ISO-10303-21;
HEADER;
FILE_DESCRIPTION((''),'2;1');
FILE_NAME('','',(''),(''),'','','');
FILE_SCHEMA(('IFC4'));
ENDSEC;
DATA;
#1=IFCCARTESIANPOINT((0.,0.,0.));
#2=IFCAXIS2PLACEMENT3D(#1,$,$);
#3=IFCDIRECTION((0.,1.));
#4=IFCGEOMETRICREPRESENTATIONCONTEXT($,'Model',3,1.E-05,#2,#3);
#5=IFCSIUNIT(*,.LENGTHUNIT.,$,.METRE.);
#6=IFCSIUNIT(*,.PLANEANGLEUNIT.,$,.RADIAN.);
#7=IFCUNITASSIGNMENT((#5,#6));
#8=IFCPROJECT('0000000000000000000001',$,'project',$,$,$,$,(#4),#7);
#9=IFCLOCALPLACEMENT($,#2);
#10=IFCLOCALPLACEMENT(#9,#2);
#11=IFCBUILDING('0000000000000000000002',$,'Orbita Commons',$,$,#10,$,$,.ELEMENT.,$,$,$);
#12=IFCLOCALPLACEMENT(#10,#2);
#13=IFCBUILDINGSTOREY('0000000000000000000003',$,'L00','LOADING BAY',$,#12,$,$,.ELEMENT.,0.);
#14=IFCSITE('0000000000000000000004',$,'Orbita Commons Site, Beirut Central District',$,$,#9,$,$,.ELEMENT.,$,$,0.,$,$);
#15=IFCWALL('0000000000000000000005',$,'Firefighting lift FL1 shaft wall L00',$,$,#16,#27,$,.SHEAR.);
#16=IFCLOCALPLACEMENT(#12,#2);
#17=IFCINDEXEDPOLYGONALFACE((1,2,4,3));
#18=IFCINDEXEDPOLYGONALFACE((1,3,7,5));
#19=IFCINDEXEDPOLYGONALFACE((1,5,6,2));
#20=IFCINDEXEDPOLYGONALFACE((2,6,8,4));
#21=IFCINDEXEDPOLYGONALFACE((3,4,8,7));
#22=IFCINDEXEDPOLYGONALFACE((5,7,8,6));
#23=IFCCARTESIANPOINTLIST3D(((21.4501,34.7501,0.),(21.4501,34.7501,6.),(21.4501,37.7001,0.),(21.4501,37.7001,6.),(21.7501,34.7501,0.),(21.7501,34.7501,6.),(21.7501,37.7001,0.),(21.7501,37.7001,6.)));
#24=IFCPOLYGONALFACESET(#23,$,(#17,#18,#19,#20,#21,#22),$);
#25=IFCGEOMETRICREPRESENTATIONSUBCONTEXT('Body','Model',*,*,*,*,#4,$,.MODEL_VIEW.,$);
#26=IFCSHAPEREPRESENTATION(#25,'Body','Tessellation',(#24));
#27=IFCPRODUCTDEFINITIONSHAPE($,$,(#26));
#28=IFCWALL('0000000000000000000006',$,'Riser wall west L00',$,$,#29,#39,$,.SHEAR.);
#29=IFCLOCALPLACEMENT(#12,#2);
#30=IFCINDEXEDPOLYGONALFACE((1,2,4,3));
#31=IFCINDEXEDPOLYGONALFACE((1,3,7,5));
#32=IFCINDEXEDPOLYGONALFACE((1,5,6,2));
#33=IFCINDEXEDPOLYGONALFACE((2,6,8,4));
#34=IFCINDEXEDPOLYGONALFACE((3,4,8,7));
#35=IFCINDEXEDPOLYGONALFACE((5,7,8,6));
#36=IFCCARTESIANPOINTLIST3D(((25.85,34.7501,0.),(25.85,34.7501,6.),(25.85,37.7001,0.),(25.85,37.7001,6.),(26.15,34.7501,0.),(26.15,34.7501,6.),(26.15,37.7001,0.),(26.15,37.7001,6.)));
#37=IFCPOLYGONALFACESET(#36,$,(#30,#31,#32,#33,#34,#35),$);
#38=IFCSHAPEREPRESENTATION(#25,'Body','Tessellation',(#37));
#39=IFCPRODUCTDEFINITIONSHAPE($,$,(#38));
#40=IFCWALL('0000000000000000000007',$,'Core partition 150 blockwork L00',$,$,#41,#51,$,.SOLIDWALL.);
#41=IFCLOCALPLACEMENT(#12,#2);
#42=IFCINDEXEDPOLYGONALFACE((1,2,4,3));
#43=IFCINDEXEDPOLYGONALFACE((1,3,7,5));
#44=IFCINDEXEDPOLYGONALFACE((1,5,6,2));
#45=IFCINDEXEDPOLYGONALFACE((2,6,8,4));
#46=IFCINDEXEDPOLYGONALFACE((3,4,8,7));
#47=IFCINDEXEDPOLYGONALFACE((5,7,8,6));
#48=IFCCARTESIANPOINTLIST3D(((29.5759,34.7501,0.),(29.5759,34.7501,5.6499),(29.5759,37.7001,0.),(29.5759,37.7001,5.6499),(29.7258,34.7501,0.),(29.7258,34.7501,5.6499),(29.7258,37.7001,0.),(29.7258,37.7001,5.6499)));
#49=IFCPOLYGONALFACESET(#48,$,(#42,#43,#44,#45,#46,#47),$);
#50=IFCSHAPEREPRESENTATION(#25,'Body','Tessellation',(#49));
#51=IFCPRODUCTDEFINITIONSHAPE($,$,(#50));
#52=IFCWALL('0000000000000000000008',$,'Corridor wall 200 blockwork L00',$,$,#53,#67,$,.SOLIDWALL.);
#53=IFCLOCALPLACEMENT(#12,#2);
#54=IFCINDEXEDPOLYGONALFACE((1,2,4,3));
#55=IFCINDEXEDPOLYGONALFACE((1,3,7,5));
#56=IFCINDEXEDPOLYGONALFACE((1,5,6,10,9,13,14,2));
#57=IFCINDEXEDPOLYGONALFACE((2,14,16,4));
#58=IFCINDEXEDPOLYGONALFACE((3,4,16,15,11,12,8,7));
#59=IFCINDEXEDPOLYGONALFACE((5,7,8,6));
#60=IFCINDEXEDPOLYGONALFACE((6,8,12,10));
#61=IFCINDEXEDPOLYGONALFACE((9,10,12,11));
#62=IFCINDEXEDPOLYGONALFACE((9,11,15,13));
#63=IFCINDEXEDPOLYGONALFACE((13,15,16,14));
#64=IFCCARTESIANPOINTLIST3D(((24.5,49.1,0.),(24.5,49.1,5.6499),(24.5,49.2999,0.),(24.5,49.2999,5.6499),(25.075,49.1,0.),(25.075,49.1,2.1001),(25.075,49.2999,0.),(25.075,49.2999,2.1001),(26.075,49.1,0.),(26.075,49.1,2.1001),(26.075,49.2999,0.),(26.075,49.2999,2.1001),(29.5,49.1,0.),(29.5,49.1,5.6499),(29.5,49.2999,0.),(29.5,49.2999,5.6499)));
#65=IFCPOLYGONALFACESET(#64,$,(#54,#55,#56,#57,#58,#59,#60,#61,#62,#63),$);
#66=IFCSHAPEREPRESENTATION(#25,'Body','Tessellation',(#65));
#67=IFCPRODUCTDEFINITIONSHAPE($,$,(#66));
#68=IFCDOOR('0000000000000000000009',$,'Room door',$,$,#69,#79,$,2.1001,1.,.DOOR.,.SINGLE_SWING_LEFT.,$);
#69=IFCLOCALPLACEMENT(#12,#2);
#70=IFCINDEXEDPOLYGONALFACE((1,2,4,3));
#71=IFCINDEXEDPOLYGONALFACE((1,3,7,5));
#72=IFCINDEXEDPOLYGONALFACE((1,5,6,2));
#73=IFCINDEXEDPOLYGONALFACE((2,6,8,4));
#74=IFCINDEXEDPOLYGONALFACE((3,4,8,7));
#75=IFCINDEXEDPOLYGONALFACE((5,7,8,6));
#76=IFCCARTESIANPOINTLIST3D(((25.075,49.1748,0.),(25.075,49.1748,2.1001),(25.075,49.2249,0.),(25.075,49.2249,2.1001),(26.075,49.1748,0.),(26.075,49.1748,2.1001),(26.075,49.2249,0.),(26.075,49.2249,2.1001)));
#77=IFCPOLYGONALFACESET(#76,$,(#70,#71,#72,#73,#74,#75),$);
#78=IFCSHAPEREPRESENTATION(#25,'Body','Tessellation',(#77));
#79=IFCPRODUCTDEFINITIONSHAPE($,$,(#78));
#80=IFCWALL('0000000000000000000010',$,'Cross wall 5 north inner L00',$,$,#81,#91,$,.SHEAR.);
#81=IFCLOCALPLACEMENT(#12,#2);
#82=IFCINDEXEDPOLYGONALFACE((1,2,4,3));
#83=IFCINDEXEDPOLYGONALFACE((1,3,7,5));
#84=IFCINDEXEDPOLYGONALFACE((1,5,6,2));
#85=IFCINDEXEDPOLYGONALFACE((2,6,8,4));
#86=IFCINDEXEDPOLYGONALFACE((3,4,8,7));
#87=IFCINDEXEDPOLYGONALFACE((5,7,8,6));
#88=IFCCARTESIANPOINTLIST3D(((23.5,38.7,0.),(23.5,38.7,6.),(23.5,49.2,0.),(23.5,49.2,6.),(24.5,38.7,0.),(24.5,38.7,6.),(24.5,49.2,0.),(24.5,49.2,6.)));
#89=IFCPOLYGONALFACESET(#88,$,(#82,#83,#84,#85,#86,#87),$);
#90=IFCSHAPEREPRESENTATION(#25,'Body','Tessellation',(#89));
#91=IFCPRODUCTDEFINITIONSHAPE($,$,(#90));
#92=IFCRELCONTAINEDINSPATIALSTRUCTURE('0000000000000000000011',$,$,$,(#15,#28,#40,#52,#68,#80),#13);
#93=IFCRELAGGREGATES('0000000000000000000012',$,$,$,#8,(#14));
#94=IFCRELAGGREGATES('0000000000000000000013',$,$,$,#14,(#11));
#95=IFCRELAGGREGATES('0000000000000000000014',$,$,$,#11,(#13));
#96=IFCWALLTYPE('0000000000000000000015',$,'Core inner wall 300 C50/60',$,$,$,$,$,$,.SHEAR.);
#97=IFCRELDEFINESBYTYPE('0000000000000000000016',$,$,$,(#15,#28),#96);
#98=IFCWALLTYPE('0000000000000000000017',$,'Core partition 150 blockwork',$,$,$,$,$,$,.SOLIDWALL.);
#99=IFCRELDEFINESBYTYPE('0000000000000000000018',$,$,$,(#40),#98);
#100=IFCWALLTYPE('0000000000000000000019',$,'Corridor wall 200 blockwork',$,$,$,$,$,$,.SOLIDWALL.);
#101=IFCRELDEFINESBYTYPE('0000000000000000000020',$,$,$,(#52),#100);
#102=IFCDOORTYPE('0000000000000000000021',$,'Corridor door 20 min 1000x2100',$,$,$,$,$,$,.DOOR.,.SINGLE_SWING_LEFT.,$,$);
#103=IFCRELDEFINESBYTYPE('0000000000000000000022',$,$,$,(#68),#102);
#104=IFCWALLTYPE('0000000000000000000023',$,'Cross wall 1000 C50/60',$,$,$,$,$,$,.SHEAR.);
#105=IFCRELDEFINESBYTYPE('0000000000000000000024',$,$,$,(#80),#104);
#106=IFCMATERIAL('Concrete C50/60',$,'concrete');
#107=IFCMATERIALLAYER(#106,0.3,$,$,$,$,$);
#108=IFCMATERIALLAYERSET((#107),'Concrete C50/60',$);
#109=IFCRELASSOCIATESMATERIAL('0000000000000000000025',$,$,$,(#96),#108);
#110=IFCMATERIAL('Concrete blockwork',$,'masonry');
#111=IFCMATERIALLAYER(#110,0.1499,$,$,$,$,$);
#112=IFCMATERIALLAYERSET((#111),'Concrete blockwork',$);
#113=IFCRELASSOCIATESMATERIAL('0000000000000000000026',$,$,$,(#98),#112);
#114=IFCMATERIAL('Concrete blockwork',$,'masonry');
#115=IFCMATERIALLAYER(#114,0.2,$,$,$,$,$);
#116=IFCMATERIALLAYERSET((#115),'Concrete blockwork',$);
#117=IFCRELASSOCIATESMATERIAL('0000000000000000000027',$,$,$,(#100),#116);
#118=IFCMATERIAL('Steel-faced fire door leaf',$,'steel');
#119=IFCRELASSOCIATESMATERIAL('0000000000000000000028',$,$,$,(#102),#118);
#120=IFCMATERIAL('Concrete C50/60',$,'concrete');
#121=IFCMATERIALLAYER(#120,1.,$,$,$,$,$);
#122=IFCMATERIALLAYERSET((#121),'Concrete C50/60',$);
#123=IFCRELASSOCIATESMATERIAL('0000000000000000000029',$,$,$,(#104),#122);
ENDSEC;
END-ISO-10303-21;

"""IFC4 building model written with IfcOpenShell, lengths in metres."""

from ifc_helpers import new_model, si_unit, direction, frame, frame_2d, origin, place, context, subcontext, project, spatial, rectangle, extrude, material, layer, layer_set, type_object, element, fill, save


model = new_model("IFC4")

# Units and contexts
model_context = context("Model", 3, precision=1e-05, world=origin(), true_north=direction((0.0, 1.0)))
body_context = subcontext(model_context, "Body", "Model", "MODEL_VIEW")
ifc_project = project(units=[si_unit("LENGTHUNIT", "METRE"), si_unit("PLANEANGLEUNIT", "RADIAN")], contexts=[model_context])

# Site, building, storey
site_placement = place(None, origin())
site = spatial("IfcSite", under=ifc_project, at=site_placement, Name="Orbita Commons Site, Beirut Central District", CompositionType="ELEMENT", RefElevation=0.0)
building_placement = place(site_placement, origin())
building = spatial("IfcBuilding", under=site, at=building_placement, Name="Orbita Commons", CompositionType="ELEMENT")
storey_placement = place(building_placement, origin())
storey = spatial("IfcBuildingStorey", under=building, at=storey_placement, Name="L00", Description="LOADING BAY", CompositionType="ELEMENT", Elevation=0.0)

# Shared definitions
ifc_material_1 = material(Name="Concrete C50/60", Category="concrete")
ifc_layer_1 = layer(ifc_material_1, 0.3)
ifc_layer_set_1 = layer_set([ifc_layer_1], Name="Concrete C50/60")
wall_type_1 = type_object("IfcWallType", Name="Core inner wall 300 C50/60", PredefinedType="SHEAR", material=ifc_layer_set_1)

# Walls
for number, where, z_axis, x_axis, name in (
    (1, (21.6001, 34.75, 0.0), (0.0, 0.0, 1.0), (0.0, 1.0, 0.0), "Firefighting lift FL1 shaft wall L00"),
    (2, (26.0, 34.75, 0.0), (0.0, 0.0, 1.0), (0.0, 1.0, 0.0), "Riser wall west L00"),
):
    element("IfcWall", number, at=place(storey_placement, frame(where, z_axis=z_axis, x_axis=x_axis)), inside=storey, type_object=wall_type_1, Name=name, PredefinedType="SHEAR", context=body_context, shape_type="SweptSolid", body=[
        extrude(rectangle(XDim=2.95, YDim=0.3, at=frame_2d((1.4751, 0.0))), origin(), (0.0, 0.0, 1.0), 6.0),
    ])
ifc_material_2 = material(Name="Concrete blockwork", Category="masonry")
ifc_layer_2 = layer(ifc_material_2, 0.1499)
ifc_layer_set_2 = layer_set([ifc_layer_2], Name="Concrete blockwork")
wall_type_2 = type_object("IfcWallType", Name="Core partition 150 blockwork", PredefinedType="SOLIDWALL", material=ifc_layer_set_2)
wall_1_placement = place(storey_placement, frame((29.6509, 34.75, 0.0), z_axis=(0.0, 0.0, 1.0), x_axis=(0.0, 1.0, 0.0)))
element("IfcWall", 3, at=wall_1_placement, inside=storey, type_object=wall_type_2, Name="Core partition 150 blockwork L00", PredefinedType="SOLIDWALL", context=body_context, shape_type="SweptSolid", body=[
    extrude(rectangle(XDim=2.95, YDim=0.1499, at=frame_2d((1.4751, 0.0))), origin(), (0.0, 0.0, 1.0), 5.6499),
])

# Wall, opening, door
ifc_material_3 = material(Name="Concrete blockwork", Category="masonry")
ifc_layer_3 = layer(ifc_material_3, 0.2)
ifc_layer_set_3 = layer_set([ifc_layer_3], Name="Concrete blockwork")
wall_type_3 = type_object("IfcWallType", Name="Corridor wall 200 blockwork", PredefinedType="SOLIDWALL", material=ifc_layer_set_3)
wall_2_placement = place(storey_placement, frame((24.5, 49.2, 0.0), z_axis=(0.0, 0.0, 1.0), x_axis=(1.0, 0.0, 0.0)))
wall_2 = element("IfcWall", 4, at=wall_2_placement, inside=storey, type_object=wall_type_3, Name="Corridor wall 200 blockwork L00", PredefinedType="SOLIDWALL", context=body_context, shape_type="SweptSolid", body=[
    extrude(rectangle(XDim=5.0, YDim=0.2, at=frame_2d((2.5, 0.0))), origin(), (0.0, 0.0, 1.0), 5.6499),
])
opening_1_placement = place(wall_2_placement, frame((0.575, 0.0, 0.0)))
opening_1 = element("IfcOpeningElement", 5, at=opening_1_placement, cuts=wall_2, PredefinedType="OPENING", context=body_context, shape_type="SweptSolid", body=[
    extrude(rectangle(XDim=1.0, YDim=2.1001, at=frame_2d((0.5, 1.05))), frame((0.0, 0.1099, 0.0), z_axis=(0.0, -1.0, 0.0), x_axis=(1.0, 0.0, 0.0)), (0.0, 0.0, 1.0), 0.22),
])
ifc_material_4 = material(Name="Steel-faced fire door leaf", Category="steel")
door_type_1 = type_object("IfcDoorType", Name="Corridor door 20 min 1000x2100", OperationType="SINGLE_SWING_LEFT", PredefinedType="DOOR", material=ifc_material_4)
door_1_placement = place(opening_1_placement, origin())
door_1 = element("IfcDoor", 6, at=door_1_placement, inside=storey, type_object=door_type_1, Name="Room door", OperationType="SINGLE_SWING_LEFT", OverallHeight=2.1001, OverallWidth=1.0, PredefinedType="DOOR", context=body_context, shape_type="SweptSolid", body=[
    extrude(rectangle(XDim=1.0, YDim=2.1001, at=frame_2d((0.5, 1.05))), frame((0.0, 0.0249, 0.0), z_axis=(0.0, -1.0, 0.0), x_axis=(1.0, 0.0, 0.0)), (0.0, 0.0, 1.0), 0.05),
])
fill(opening_1, door_1)

# Wall
ifc_material_5 = material(Name="Concrete C50/60", Category="concrete")
ifc_layer_4 = layer(ifc_material_5, 1.0)
ifc_layer_set_4 = layer_set([ifc_layer_4], Name="Concrete C50/60")
wall_type_4 = type_object("IfcWallType", Name="Cross wall 1000 C50/60", PredefinedType="SHEAR", material=ifc_layer_set_4)
wall_3_placement = place(storey_placement, frame((24.0, 38.7, 0.0), z_axis=(0.0, 0.0, 1.0), x_axis=(0.0, 1.0, 0.0)))
element("IfcWall", 7, at=wall_3_placement, inside=storey, type_object=wall_type_4, Name="Cross wall 5 north inner L00", PredefinedType="SHEAR", context=body_context, shape_type="SweptSolid", body=[
    extrude(rectangle(XDim=10.5, YDim=1.0, at=frame_2d((5.25, 0.0))), origin(), (0.0, 0.0, 1.0), 6.0),
])

save(model, "model.ifc")
